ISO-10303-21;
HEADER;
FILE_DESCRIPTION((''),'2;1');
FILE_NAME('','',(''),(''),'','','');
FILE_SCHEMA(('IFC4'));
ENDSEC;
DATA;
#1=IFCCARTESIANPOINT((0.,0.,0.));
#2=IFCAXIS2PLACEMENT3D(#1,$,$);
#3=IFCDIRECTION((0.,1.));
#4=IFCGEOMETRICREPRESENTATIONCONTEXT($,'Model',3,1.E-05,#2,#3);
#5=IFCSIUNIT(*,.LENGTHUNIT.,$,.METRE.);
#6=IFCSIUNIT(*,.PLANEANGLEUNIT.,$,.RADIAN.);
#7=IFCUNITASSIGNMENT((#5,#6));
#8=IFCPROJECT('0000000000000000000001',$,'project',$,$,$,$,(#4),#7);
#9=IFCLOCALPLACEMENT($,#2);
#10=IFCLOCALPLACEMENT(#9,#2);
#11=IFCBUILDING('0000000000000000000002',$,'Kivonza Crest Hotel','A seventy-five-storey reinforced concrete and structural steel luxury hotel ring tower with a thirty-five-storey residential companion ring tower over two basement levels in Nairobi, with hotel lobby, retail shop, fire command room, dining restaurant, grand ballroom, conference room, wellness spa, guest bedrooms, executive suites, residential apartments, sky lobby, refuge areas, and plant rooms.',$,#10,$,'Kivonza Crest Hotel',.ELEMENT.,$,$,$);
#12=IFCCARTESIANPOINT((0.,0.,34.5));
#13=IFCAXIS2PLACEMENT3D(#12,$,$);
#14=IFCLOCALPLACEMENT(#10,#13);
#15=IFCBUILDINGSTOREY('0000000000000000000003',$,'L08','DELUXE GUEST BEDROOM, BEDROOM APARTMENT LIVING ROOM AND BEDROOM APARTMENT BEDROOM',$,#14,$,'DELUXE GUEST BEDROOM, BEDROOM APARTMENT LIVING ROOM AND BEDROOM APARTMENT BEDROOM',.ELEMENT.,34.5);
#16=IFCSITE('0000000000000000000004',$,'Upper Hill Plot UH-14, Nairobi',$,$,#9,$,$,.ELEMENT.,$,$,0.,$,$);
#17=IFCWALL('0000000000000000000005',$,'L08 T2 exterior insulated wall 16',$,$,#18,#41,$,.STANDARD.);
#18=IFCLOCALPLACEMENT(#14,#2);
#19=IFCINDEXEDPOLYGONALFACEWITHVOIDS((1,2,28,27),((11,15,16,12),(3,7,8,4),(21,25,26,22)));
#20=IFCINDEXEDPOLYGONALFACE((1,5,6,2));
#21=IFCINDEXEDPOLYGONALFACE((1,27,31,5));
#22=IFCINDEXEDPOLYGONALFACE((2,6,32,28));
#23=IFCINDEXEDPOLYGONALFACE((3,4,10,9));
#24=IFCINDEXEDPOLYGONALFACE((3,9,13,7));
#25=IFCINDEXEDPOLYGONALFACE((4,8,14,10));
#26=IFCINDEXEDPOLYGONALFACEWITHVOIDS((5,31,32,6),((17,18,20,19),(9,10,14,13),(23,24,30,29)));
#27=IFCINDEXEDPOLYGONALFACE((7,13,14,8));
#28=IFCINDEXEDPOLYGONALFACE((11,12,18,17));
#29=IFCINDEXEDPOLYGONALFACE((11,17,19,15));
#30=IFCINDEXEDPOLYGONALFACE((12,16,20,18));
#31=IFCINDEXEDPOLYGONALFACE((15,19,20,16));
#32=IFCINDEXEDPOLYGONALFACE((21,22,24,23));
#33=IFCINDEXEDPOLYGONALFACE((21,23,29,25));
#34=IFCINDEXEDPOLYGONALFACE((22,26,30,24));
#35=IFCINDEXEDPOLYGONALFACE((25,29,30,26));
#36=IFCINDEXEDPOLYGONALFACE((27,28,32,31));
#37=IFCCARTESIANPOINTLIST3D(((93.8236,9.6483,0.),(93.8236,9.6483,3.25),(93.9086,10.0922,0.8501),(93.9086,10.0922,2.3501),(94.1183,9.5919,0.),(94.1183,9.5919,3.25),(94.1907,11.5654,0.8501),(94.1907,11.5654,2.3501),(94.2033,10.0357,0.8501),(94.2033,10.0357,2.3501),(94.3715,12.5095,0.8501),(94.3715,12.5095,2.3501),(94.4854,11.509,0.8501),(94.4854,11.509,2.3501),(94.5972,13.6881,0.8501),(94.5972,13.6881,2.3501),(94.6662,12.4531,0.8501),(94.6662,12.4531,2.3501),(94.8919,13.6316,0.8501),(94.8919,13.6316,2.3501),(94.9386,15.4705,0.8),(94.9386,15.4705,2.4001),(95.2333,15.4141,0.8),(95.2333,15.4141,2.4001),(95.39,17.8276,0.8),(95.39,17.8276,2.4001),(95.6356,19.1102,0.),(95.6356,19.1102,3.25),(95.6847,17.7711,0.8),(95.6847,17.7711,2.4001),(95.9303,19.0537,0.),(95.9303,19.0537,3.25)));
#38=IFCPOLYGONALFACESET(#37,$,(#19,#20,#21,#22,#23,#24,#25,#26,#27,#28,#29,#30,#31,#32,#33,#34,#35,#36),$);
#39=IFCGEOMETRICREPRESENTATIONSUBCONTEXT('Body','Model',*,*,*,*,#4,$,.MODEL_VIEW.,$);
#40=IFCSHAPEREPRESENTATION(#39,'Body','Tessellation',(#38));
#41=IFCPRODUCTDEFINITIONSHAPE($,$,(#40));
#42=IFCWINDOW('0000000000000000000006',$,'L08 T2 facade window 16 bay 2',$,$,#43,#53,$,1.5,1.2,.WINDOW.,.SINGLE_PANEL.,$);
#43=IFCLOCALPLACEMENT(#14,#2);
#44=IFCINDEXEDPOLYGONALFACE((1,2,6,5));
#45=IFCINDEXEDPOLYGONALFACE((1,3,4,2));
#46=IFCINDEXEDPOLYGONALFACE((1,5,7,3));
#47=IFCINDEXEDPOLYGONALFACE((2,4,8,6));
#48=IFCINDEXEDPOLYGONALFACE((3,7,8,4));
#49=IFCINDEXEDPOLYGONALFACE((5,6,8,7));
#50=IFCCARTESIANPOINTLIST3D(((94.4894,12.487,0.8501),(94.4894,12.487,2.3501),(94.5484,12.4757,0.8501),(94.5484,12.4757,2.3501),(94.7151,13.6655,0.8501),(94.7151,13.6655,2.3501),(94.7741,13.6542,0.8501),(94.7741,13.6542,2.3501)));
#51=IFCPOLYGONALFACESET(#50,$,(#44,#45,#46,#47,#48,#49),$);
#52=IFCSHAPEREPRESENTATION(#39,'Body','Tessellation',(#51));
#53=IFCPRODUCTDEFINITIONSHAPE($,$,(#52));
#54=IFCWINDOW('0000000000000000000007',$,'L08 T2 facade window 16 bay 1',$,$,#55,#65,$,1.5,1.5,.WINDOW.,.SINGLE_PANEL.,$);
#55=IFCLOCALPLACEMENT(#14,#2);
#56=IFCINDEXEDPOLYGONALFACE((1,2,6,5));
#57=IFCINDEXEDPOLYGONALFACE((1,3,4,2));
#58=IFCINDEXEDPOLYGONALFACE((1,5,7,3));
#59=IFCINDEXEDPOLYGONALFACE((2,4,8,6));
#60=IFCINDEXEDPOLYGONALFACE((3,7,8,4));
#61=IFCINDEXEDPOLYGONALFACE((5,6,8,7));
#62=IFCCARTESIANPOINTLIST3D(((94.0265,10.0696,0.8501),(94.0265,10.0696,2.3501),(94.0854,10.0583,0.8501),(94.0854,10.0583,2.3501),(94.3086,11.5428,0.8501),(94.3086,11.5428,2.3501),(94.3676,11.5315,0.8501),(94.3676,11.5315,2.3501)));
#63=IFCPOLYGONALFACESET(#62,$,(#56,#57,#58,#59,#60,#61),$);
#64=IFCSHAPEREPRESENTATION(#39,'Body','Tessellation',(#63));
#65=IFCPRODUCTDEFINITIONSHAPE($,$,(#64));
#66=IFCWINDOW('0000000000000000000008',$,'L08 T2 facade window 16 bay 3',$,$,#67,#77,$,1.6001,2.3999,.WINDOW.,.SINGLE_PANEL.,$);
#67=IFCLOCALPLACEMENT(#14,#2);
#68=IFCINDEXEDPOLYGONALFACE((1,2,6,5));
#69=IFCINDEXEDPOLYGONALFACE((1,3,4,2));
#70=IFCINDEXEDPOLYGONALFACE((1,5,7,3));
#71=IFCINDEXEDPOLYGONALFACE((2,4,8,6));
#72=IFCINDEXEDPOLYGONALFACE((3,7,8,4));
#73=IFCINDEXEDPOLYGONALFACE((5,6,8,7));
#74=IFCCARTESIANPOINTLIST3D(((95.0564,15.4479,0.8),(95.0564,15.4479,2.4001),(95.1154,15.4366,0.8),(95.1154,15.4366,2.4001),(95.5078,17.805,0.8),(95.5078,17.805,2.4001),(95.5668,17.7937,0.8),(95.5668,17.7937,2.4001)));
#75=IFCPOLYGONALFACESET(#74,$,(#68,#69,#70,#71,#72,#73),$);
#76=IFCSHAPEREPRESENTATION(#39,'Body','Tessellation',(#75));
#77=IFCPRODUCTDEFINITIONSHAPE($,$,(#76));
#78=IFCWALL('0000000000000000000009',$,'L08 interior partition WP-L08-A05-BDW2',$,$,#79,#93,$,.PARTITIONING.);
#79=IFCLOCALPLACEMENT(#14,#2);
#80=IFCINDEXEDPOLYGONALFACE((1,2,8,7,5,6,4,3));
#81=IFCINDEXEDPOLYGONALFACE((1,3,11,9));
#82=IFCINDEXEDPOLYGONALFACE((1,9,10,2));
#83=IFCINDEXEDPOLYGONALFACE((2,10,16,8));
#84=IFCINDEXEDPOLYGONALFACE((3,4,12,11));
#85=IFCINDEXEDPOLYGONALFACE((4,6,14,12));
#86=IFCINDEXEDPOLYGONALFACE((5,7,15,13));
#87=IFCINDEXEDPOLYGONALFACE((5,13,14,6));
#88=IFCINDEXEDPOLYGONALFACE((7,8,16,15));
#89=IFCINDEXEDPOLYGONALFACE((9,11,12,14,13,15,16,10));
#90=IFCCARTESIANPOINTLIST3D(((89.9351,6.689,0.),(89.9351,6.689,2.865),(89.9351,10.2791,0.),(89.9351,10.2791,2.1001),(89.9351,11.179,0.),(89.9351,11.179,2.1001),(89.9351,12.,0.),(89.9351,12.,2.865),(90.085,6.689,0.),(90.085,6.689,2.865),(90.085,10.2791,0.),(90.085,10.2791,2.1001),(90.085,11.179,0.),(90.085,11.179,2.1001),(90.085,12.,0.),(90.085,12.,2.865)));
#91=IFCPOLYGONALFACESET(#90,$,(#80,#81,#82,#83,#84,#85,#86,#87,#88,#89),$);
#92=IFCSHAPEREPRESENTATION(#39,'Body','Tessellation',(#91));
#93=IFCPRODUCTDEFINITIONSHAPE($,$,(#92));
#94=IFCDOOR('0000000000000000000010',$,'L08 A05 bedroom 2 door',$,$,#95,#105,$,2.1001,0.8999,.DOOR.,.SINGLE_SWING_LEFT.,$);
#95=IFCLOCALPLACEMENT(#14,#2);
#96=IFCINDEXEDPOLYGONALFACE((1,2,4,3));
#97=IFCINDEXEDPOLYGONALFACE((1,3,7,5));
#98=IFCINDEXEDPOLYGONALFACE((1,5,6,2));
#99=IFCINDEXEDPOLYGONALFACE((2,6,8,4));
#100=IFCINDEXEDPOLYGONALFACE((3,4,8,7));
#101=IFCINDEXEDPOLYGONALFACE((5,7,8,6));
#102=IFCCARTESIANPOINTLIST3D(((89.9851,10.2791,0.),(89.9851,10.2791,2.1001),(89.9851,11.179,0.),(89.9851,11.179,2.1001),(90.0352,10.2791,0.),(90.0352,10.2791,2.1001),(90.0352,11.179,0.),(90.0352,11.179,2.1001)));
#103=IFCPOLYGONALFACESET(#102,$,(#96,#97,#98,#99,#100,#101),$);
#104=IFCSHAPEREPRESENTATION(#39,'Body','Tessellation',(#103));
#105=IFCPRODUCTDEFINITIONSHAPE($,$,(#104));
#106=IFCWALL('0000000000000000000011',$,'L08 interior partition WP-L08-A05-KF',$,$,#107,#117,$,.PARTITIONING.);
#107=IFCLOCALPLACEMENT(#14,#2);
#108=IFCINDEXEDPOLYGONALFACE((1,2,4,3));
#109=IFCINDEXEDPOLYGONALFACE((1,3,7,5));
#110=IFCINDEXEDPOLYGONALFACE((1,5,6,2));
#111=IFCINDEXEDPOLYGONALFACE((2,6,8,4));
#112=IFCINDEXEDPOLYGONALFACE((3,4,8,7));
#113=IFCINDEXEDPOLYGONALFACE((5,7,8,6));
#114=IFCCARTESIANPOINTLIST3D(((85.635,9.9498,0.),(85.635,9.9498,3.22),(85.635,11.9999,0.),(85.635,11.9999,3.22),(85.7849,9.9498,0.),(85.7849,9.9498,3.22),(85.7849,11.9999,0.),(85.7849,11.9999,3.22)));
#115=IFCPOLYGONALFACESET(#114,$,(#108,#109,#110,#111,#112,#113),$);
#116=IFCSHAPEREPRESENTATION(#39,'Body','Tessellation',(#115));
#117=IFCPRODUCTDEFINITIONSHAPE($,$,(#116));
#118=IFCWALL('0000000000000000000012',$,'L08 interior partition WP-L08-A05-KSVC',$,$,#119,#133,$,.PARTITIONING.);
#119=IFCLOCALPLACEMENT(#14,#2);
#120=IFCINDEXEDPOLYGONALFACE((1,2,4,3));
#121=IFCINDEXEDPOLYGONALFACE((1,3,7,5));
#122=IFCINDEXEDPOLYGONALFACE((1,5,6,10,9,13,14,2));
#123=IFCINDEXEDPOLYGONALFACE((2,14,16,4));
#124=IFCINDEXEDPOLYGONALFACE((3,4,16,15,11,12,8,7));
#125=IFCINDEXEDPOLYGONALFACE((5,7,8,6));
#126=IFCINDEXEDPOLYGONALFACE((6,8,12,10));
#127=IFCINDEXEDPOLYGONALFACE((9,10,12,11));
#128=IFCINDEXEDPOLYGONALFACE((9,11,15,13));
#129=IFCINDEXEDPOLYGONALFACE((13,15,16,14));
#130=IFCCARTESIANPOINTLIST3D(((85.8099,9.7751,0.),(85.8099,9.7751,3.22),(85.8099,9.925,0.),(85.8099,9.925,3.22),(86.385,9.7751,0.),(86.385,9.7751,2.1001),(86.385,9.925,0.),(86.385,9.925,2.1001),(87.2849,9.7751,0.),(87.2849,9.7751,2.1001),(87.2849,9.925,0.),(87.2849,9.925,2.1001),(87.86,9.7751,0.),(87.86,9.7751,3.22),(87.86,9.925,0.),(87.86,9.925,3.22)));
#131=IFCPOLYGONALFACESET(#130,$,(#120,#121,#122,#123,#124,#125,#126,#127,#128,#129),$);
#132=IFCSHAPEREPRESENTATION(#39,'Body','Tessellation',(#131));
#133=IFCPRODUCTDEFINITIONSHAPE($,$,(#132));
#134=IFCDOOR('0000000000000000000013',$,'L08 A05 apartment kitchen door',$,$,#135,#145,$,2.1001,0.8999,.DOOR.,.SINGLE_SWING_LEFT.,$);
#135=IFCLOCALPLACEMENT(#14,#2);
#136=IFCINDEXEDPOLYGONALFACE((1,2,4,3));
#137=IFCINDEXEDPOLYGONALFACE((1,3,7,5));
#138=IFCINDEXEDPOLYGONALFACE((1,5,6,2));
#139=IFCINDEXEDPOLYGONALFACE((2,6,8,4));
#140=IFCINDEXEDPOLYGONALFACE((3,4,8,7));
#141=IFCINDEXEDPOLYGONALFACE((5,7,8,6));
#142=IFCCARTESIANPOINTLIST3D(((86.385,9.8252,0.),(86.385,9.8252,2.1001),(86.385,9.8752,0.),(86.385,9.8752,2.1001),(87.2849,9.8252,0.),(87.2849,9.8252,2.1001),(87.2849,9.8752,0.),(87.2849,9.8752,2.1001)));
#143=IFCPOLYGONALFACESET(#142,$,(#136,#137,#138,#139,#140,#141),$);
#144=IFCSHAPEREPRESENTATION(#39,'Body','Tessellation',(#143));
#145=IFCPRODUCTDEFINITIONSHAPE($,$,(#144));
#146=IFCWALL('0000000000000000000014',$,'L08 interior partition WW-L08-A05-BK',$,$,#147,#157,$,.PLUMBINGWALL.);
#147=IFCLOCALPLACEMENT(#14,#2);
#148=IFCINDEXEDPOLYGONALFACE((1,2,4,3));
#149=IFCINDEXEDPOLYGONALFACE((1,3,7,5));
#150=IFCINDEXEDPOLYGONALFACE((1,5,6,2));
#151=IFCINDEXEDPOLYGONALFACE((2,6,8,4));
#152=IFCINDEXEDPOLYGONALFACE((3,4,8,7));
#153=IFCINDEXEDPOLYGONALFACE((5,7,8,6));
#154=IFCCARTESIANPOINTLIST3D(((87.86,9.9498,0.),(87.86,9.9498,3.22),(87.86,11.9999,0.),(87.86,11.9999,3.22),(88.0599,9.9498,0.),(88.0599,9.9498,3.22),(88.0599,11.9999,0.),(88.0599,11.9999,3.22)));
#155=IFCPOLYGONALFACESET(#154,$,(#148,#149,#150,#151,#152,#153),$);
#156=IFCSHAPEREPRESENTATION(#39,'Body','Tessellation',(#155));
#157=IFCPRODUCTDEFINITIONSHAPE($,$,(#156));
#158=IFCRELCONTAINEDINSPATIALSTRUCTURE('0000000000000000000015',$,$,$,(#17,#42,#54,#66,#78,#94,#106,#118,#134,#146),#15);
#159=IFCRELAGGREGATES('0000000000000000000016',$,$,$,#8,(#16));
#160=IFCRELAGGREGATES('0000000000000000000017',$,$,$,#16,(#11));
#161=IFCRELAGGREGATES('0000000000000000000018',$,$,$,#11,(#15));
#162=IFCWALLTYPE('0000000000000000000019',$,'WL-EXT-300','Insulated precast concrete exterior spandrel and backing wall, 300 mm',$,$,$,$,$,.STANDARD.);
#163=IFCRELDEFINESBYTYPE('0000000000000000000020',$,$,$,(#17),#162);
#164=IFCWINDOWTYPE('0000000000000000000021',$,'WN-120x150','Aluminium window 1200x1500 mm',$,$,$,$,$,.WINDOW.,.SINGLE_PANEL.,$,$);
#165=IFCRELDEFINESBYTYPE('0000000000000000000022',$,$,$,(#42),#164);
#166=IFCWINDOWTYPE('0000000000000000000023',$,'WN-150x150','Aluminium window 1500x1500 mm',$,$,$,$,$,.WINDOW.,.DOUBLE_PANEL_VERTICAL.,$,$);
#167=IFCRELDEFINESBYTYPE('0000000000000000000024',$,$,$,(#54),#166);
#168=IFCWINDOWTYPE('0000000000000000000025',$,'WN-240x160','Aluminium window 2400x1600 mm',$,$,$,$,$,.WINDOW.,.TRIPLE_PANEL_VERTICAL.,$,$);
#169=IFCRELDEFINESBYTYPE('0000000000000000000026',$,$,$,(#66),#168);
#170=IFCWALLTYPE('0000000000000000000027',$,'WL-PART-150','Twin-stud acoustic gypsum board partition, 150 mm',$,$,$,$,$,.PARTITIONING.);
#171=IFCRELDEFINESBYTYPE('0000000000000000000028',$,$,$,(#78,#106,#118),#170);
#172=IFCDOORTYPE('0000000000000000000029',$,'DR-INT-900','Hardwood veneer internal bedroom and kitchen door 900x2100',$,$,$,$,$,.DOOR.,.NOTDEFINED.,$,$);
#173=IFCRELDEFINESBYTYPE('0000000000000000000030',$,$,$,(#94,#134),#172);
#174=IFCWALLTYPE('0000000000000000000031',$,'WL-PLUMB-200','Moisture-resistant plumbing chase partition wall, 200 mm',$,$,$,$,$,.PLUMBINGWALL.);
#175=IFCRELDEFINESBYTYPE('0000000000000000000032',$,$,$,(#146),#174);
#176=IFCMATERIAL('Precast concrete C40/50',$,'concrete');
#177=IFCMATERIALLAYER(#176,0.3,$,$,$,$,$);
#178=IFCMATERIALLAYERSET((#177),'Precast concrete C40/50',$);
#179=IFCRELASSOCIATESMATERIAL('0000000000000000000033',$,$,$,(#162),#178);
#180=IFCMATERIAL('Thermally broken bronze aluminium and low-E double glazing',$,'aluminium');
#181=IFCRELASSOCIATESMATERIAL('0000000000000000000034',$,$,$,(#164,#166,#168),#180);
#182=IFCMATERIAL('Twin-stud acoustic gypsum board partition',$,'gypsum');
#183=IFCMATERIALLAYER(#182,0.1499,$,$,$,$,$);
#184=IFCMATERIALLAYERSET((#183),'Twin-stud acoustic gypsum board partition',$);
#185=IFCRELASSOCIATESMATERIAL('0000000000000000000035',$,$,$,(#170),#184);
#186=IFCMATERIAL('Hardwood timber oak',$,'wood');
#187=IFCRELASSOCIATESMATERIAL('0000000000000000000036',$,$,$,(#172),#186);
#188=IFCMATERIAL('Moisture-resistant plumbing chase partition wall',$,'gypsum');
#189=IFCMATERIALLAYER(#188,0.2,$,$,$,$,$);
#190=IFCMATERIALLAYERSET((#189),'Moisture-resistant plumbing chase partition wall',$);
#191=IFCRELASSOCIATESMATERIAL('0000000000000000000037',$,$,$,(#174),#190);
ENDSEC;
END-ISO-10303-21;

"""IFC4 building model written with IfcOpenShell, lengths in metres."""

from ifc_helpers import new_model, si_unit, direction, frame, frame_2d, origin, place, context, subcontext, project, spatial, rectangle, extrude, material, layer, layer_set, type_object, element, fill, save


model = new_model("IFC4")

# Units and contexts
model_context = context("Model", 3, precision=1e-05, world=origin(), true_north=direction((0.0, 1.0)))
body_context = subcontext(model_context, "Body", "Model", "MODEL_VIEW")
ifc_project = project(units=[si_unit("LENGTHUNIT", "METRE"), si_unit("PLANEANGLEUNIT", "RADIAN")], contexts=[model_context])

# Site, building, storey
site_placement = place(None, origin())
site = spatial("IfcSite", under=ifc_project, at=site_placement, Name="Upper Hill Plot UH-14, Nairobi", CompositionType="ELEMENT", RefElevation=0.0)
building_placement = place(site_placement, origin())
building = spatial("IfcBuilding", under=site, at=building_placement, Name="Kivonza Crest Hotel", Description="A seventy-five-storey reinforced concrete and structural steel luxury hotel ring tower with a thirty-five-storey residential companion ring tower over two basement levels in Nairobi, with hotel lobby, retail shop, fire command room, dining restaurant, grand ballroom, conference room, wellness spa, guest bedrooms, executive suites, residential apartments, sky lobby, refuge areas, and plant rooms.", LongName="Kivonza Crest Hotel", CompositionType="ELEMENT")
storey_placement = place(building_placement, frame((0.0, 0.0, 34.5)))
storey = spatial("IfcBuildingStorey", under=building, at=storey_placement, Name="L08", Description="DELUXE GUEST BEDROOM, BEDROOM APARTMENT LIVING ROOM AND BEDROOM APARTMENT BEDROOM", LongName="DELUXE GUEST BEDROOM, BEDROOM APARTMENT LIVING ROOM AND BEDROOM APARTMENT BEDROOM", CompositionType="ELEMENT", Elevation=34.5)

# Shared definitions
ifc_material_1 = material(Name="Precast concrete C40/50", Category="concrete")
ifc_layer_1 = layer(ifc_material_1, 0.3)
ifc_layer_set_1 = layer_set([ifc_layer_1], Name="Precast concrete C40/50")
wall_type_1 = type_object("IfcWallType", Name="WL-EXT-300", Description="Insulated precast concrete exterior spandrel and backing wall, 300 mm", PredefinedType="STANDARD", material=ifc_layer_set_1)

# Wall, openings, windows
wall_1_placement = place(storey_placement, frame((93.9709, 9.6201, 0.0), z_axis=(0.0, 0.0, 1.0), x_axis=(0.188088, 0.982152, 0.0)))
wall_1 = element("IfcWall", 1, at=wall_1_placement, inside=storey, type_object=wall_type_1, Name="L08 T2 exterior insulated wall 16", PredefinedType="STANDARD", context=body_context, shape_type="SweptSolid", body=[
    extrude(rectangle(XDim=9.6338, YDim=0.3, at=frame_2d((4.8169, 0.0))), origin(), (0.0, 0.0, 1.0), 3.25),
])
opening_1_placement = place(wall_1_placement, frame((0.4519, 0.0, 0.8501)))
opening_1 = element("IfcOpeningElement", 2, at=opening_1_placement, cuts=wall_1, PredefinedType="OPENING", context=body_context, shape_type="SweptSolid", body=[
    extrude(rectangle(XDim=1.5, YDim=1.5, at=frame_2d((0.75, 0.75))), frame((0.0, 0.1602, 0.0), z_axis=(0.0, -1.0, 0.0), x_axis=(1.0, 0.0, 0.0)), (0.0, 0.0, 1.0), 0.3201),
])
opening_2_placement = place(wall_1_placement, frame((2.9131, 0.0, 0.8501)))
opening_2 = element("IfcOpeningElement", 3, at=opening_2_placement, cuts=wall_1, PredefinedType="OPENING", context=body_context, shape_type="SweptSolid", body=[
    extrude(rectangle(XDim=1.2, YDim=1.5, at=frame_2d((0.6001, 0.75))), frame((0.0, 0.1602, 0.0), z_axis=(0.0, -1.0, 0.0), x_axis=(1.0, 0.0, 0.0)), (0.0, 0.0, 1.0), 0.3201),
])
opening_3_placement = place(wall_1_placement, frame((5.928, 0.0, 0.8)))
opening_3 = element("IfcOpeningElement", 4, at=opening_3_placement, cuts=wall_1, PredefinedType="OPENING", context=body_context, shape_type="SweptSolid", body=[
    extrude(rectangle(XDim=2.3999, YDim=1.6001, at=frame_2d((1.2, 0.8))), frame((0.0, 0.1602, 0.0), z_axis=(0.0, -1.0, 0.0), x_axis=(1.0, 0.0, 0.0)), (0.0, 0.0, 1.0), 0.3201),
])
ifc_material_2 = material(Name="Thermally broken bronze aluminium and low-E double glazing", Category="aluminium")
window_type_1 = type_object("IfcWindowType", Name="WN-120x150", Description="Aluminium window 1200x1500 mm", PartitioningType="SINGLE_PANEL", PredefinedType="WINDOW", material=ifc_material_2)
window_1_placement = place(opening_2_placement, origin())
window_1 = element("IfcWindow", 5, at=window_1_placement, inside=storey, type_object=window_type_1, Name="L08 T2 facade window 16 bay 2", OverallHeight=1.5, OverallWidth=1.2, PartitioningType="SINGLE_PANEL", PredefinedType="WINDOW", context=body_context, shape_type="SweptSolid", body=[
    extrude(rectangle(XDim=1.2, YDim=1.5, at=frame_2d((0.6001, 0.75))), frame((0.0, 0.03, 0.0), z_axis=(0.0, -1.0, 0.0), x_axis=(1.0, 0.0, 0.0)), (0.0, 0.0, 1.0), 0.0601),
])
fill(opening_2, window_1)
window_type_2 = type_object("IfcWindowType", Name="WN-150x150", Description="Aluminium window 1500x1500 mm", PartitioningType="DOUBLE_PANEL_VERTICAL", PredefinedType="WINDOW", material=ifc_material_2)
window_2_placement = place(opening_1_placement, origin())
window_2 = element("IfcWindow", 6, at=window_2_placement, inside=storey, type_object=window_type_2, Name="L08 T2 facade window 16 bay 1", OverallHeight=1.5, OverallWidth=1.5, PartitioningType="SINGLE_PANEL", PredefinedType="WINDOW", context=body_context, shape_type="SweptSolid", body=[
    extrude(rectangle(XDim=1.5, YDim=1.5, at=frame_2d((0.75, 0.75))), frame((0.0, 0.03, 0.0), z_axis=(0.0, -1.0, 0.0), x_axis=(1.0, 0.0, 0.0)), (0.0, 0.0, 1.0), 0.0601),
])
fill(opening_1, window_2)
window_type_3 = type_object("IfcWindowType", Name="WN-240x160", Description="Aluminium window 2400x1600 mm", PartitioningType="TRIPLE_PANEL_VERTICAL", PredefinedType="WINDOW", material=ifc_material_2)
window_3_placement = place(opening_3_placement, origin())
window_3 = element("IfcWindow", 7, at=window_3_placement, inside=storey, type_object=window_type_3, Name="L08 T2 facade window 16 bay 3", OverallHeight=1.6001, OverallWidth=2.3999, PartitioningType="SINGLE_PANEL", PredefinedType="WINDOW", context=body_context, shape_type="SweptSolid", body=[
    extrude(rectangle(XDim=2.3999, YDim=1.6001, at=frame_2d((1.2, 0.8))), frame((0.0, 0.03, 0.0), z_axis=(0.0, -1.0, 0.0), x_axis=(1.0, 0.0, 0.0)), (0.0, 0.0, 1.0), 0.0601),
])
fill(opening_3, window_3)

# Wall, opening, door
ifc_material_3 = material(Name="Twin-stud acoustic gypsum board partition", Category="gypsum")
ifc_layer_2 = layer(ifc_material_3, 0.1499)
ifc_layer_set_2 = layer_set([ifc_layer_2], Name="Twin-stud acoustic gypsum board partition")
wall_type_2 = type_object("IfcWallType", Name="WL-PART-150", Description="Twin-stud acoustic gypsum board partition, 150 mm", PredefinedType="PARTITIONING", material=ifc_layer_set_2)
wall_2_placement = place(storey_placement, frame((90.01, 6.689, 0.0), z_axis=(0.0, 0.0, 1.0), x_axis=(0.0, 1.0, 0.0)))
wall_2 = element("IfcWall", 8, at=wall_2_placement, inside=storey, type_object=wall_type_2, Name="L08 interior partition WP-L08-A05-BDW2", PredefinedType="PARTITIONING", context=body_context, shape_type="SweptSolid", body=[
    extrude(rectangle(XDim=5.311, YDim=0.1499, at=frame_2d((2.6555, 0.0))), origin(), (0.0, 0.0, 1.0), 2.865),
])
opening_4_placement = place(wall_2_placement, frame((3.5901, 0.0, 0.0)))
opening_4 = element("IfcOpeningElement", 9, at=opening_4_placement, cuts=wall_2, PredefinedType="OPENING", context=body_context, shape_type="SweptSolid", body=[
    extrude(rectangle(XDim=0.8999, YDim=2.1001, at=frame_2d((0.45, 1.05))), frame((0.0, 0.085, 0.0), z_axis=(0.0, -1.0, 0.0), x_axis=(1.0, 0.0, 0.0)), (0.0, 0.0, 1.0), 0.1699),
])
ifc_material_4 = material(Name="Hardwood timber oak", Category="wood")
door_type_1 = type_object("IfcDoorType", Name="DR-INT-900", Description="Hardwood veneer internal bedroom and kitchen door 900x2100", OperationType="NOTDEFINED", PredefinedType="DOOR", material=ifc_material_4)
door_1_placement = place(opening_4_placement, origin())
door_1 = element("IfcDoor", 10, at=door_1_placement, inside=storey, type_object=door_type_1, Name="L08 A05 bedroom 2 door", OperationType="SINGLE_SWING_LEFT", OverallHeight=2.1001, OverallWidth=0.8999, PredefinedType="DOOR", context=body_context, shape_type="SweptSolid", body=[
    extrude(rectangle(XDim=0.8999, YDim=2.1001, at=frame_2d((0.45, 1.05))), frame((0.0, 0.0249, 0.0), z_axis=(0.0, -1.0, 0.0), x_axis=(1.0, 0.0, 0.0)), (0.0, 0.0, 1.0), 0.05),
])
fill(opening_4, door_1)

# Wall
wall_3_placement = place(storey_placement, frame((85.71, 9.95, 0.0), z_axis=(0.0, 0.0, 1.0), x_axis=(0.0, 1.0, 0.0)))
element("IfcWall", 11, at=wall_3_placement, inside=storey, type_object=wall_type_2, Name="L08 interior partition WP-L08-A05-KF", PredefinedType="PARTITIONING", context=body_context, shape_type="SweptSolid", body=[
    extrude(rectangle(XDim=2.05, YDim=0.1499, at=frame_2d((1.0249, 0.0))), origin(), (0.0, 0.0, 1.0), 3.22),
])

# Wall, opening, door
wall_4_placement = place(storey_placement, frame((85.8101, 9.8501, 0.0), z_axis=(0.0, 0.0, 1.0), x_axis=(1.0, 0.0, 0.0)))
wall_4 = element("IfcWall", 12, at=wall_4_placement, inside=storey, type_object=wall_type_2, Name="L08 interior partition WP-L08-A05-KSVC", PredefinedType="PARTITIONING", context=body_context, shape_type="SweptSolid", body=[
    extrude(rectangle(XDim=2.05, YDim=0.1499, at=frame_2d((1.0249, 0.0))), origin(), (0.0, 0.0, 1.0), 3.22),
])
opening_5_placement = place(wall_4_placement, frame((0.575, 0.0, 0.0)))
opening_5 = element("IfcOpeningElement", 13, at=opening_5_placement, cuts=wall_4, PredefinedType="OPENING", context=body_context, shape_type="SweptSolid", body=[
    extrude(rectangle(XDim=0.8999, YDim=2.1001, at=frame_2d((0.45, 1.05))), frame((0.0, 0.085, 0.0), z_axis=(0.0, -1.0, 0.0), x_axis=(1.0, 0.0, 0.0)), (0.0, 0.0, 1.0), 0.1699),
])
door_2_placement = place(opening_5_placement, frame((0.8999, 0.0, 0.0), z_axis=(0.0, 0.0, 1.0), x_axis=(-1.0, 0.0, 0.0)))
door_2 = element("IfcDoor", 14, at=door_2_placement, inside=storey, type_object=door_type_1, Name="L08 A05 apartment kitchen door", OperationType="SINGLE_SWING_LEFT", OverallHeight=2.1001, OverallWidth=0.8999, PredefinedType="DOOR", context=body_context, shape_type="SweptSolid", body=[
    extrude(rectangle(XDim=0.8999, YDim=2.1001, at=frame_2d((0.45, 1.05))), frame((0.0, 0.0249, 0.0), z_axis=(0.0, -1.0, 0.0), x_axis=(1.0, 0.0, 0.0)), (0.0, 0.0, 1.0), 0.05),
])
fill(opening_5, door_2)

# Wall
ifc_material_5 = material(Name="Moisture-resistant plumbing chase partition wall", Category="gypsum")
ifc_layer_3 = layer(ifc_material_5, 0.2)
ifc_layer_set_3 = layer_set([ifc_layer_3], Name="Moisture-resistant plumbing chase partition wall")
wall_type_3 = type_object("IfcWallType", Name="WL-PLUMB-200", Description="Moisture-resistant plumbing chase partition wall, 200 mm", PredefinedType="PLUMBINGWALL", material=ifc_layer_set_3)
wall_5_placement = place(storey_placement, frame((87.96, 9.95, 0.0), z_axis=(0.0, 0.0, 1.0), x_axis=(0.0, 1.0, 0.0)))
element("IfcWall", 15, at=wall_5_placement, inside=storey, type_object=wall_type_3, Name="L08 interior partition WW-L08-A05-BK", PredefinedType="PLUMBINGWALL", context=body_context, shape_type="SweptSolid", body=[
    extrude(rectangle(XDim=2.05, YDim=0.2, at=frame_2d((1.0249, 0.0))), origin(), (0.0, 0.0, 1.0), 3.22),
])

save(model, "model.ifc")
